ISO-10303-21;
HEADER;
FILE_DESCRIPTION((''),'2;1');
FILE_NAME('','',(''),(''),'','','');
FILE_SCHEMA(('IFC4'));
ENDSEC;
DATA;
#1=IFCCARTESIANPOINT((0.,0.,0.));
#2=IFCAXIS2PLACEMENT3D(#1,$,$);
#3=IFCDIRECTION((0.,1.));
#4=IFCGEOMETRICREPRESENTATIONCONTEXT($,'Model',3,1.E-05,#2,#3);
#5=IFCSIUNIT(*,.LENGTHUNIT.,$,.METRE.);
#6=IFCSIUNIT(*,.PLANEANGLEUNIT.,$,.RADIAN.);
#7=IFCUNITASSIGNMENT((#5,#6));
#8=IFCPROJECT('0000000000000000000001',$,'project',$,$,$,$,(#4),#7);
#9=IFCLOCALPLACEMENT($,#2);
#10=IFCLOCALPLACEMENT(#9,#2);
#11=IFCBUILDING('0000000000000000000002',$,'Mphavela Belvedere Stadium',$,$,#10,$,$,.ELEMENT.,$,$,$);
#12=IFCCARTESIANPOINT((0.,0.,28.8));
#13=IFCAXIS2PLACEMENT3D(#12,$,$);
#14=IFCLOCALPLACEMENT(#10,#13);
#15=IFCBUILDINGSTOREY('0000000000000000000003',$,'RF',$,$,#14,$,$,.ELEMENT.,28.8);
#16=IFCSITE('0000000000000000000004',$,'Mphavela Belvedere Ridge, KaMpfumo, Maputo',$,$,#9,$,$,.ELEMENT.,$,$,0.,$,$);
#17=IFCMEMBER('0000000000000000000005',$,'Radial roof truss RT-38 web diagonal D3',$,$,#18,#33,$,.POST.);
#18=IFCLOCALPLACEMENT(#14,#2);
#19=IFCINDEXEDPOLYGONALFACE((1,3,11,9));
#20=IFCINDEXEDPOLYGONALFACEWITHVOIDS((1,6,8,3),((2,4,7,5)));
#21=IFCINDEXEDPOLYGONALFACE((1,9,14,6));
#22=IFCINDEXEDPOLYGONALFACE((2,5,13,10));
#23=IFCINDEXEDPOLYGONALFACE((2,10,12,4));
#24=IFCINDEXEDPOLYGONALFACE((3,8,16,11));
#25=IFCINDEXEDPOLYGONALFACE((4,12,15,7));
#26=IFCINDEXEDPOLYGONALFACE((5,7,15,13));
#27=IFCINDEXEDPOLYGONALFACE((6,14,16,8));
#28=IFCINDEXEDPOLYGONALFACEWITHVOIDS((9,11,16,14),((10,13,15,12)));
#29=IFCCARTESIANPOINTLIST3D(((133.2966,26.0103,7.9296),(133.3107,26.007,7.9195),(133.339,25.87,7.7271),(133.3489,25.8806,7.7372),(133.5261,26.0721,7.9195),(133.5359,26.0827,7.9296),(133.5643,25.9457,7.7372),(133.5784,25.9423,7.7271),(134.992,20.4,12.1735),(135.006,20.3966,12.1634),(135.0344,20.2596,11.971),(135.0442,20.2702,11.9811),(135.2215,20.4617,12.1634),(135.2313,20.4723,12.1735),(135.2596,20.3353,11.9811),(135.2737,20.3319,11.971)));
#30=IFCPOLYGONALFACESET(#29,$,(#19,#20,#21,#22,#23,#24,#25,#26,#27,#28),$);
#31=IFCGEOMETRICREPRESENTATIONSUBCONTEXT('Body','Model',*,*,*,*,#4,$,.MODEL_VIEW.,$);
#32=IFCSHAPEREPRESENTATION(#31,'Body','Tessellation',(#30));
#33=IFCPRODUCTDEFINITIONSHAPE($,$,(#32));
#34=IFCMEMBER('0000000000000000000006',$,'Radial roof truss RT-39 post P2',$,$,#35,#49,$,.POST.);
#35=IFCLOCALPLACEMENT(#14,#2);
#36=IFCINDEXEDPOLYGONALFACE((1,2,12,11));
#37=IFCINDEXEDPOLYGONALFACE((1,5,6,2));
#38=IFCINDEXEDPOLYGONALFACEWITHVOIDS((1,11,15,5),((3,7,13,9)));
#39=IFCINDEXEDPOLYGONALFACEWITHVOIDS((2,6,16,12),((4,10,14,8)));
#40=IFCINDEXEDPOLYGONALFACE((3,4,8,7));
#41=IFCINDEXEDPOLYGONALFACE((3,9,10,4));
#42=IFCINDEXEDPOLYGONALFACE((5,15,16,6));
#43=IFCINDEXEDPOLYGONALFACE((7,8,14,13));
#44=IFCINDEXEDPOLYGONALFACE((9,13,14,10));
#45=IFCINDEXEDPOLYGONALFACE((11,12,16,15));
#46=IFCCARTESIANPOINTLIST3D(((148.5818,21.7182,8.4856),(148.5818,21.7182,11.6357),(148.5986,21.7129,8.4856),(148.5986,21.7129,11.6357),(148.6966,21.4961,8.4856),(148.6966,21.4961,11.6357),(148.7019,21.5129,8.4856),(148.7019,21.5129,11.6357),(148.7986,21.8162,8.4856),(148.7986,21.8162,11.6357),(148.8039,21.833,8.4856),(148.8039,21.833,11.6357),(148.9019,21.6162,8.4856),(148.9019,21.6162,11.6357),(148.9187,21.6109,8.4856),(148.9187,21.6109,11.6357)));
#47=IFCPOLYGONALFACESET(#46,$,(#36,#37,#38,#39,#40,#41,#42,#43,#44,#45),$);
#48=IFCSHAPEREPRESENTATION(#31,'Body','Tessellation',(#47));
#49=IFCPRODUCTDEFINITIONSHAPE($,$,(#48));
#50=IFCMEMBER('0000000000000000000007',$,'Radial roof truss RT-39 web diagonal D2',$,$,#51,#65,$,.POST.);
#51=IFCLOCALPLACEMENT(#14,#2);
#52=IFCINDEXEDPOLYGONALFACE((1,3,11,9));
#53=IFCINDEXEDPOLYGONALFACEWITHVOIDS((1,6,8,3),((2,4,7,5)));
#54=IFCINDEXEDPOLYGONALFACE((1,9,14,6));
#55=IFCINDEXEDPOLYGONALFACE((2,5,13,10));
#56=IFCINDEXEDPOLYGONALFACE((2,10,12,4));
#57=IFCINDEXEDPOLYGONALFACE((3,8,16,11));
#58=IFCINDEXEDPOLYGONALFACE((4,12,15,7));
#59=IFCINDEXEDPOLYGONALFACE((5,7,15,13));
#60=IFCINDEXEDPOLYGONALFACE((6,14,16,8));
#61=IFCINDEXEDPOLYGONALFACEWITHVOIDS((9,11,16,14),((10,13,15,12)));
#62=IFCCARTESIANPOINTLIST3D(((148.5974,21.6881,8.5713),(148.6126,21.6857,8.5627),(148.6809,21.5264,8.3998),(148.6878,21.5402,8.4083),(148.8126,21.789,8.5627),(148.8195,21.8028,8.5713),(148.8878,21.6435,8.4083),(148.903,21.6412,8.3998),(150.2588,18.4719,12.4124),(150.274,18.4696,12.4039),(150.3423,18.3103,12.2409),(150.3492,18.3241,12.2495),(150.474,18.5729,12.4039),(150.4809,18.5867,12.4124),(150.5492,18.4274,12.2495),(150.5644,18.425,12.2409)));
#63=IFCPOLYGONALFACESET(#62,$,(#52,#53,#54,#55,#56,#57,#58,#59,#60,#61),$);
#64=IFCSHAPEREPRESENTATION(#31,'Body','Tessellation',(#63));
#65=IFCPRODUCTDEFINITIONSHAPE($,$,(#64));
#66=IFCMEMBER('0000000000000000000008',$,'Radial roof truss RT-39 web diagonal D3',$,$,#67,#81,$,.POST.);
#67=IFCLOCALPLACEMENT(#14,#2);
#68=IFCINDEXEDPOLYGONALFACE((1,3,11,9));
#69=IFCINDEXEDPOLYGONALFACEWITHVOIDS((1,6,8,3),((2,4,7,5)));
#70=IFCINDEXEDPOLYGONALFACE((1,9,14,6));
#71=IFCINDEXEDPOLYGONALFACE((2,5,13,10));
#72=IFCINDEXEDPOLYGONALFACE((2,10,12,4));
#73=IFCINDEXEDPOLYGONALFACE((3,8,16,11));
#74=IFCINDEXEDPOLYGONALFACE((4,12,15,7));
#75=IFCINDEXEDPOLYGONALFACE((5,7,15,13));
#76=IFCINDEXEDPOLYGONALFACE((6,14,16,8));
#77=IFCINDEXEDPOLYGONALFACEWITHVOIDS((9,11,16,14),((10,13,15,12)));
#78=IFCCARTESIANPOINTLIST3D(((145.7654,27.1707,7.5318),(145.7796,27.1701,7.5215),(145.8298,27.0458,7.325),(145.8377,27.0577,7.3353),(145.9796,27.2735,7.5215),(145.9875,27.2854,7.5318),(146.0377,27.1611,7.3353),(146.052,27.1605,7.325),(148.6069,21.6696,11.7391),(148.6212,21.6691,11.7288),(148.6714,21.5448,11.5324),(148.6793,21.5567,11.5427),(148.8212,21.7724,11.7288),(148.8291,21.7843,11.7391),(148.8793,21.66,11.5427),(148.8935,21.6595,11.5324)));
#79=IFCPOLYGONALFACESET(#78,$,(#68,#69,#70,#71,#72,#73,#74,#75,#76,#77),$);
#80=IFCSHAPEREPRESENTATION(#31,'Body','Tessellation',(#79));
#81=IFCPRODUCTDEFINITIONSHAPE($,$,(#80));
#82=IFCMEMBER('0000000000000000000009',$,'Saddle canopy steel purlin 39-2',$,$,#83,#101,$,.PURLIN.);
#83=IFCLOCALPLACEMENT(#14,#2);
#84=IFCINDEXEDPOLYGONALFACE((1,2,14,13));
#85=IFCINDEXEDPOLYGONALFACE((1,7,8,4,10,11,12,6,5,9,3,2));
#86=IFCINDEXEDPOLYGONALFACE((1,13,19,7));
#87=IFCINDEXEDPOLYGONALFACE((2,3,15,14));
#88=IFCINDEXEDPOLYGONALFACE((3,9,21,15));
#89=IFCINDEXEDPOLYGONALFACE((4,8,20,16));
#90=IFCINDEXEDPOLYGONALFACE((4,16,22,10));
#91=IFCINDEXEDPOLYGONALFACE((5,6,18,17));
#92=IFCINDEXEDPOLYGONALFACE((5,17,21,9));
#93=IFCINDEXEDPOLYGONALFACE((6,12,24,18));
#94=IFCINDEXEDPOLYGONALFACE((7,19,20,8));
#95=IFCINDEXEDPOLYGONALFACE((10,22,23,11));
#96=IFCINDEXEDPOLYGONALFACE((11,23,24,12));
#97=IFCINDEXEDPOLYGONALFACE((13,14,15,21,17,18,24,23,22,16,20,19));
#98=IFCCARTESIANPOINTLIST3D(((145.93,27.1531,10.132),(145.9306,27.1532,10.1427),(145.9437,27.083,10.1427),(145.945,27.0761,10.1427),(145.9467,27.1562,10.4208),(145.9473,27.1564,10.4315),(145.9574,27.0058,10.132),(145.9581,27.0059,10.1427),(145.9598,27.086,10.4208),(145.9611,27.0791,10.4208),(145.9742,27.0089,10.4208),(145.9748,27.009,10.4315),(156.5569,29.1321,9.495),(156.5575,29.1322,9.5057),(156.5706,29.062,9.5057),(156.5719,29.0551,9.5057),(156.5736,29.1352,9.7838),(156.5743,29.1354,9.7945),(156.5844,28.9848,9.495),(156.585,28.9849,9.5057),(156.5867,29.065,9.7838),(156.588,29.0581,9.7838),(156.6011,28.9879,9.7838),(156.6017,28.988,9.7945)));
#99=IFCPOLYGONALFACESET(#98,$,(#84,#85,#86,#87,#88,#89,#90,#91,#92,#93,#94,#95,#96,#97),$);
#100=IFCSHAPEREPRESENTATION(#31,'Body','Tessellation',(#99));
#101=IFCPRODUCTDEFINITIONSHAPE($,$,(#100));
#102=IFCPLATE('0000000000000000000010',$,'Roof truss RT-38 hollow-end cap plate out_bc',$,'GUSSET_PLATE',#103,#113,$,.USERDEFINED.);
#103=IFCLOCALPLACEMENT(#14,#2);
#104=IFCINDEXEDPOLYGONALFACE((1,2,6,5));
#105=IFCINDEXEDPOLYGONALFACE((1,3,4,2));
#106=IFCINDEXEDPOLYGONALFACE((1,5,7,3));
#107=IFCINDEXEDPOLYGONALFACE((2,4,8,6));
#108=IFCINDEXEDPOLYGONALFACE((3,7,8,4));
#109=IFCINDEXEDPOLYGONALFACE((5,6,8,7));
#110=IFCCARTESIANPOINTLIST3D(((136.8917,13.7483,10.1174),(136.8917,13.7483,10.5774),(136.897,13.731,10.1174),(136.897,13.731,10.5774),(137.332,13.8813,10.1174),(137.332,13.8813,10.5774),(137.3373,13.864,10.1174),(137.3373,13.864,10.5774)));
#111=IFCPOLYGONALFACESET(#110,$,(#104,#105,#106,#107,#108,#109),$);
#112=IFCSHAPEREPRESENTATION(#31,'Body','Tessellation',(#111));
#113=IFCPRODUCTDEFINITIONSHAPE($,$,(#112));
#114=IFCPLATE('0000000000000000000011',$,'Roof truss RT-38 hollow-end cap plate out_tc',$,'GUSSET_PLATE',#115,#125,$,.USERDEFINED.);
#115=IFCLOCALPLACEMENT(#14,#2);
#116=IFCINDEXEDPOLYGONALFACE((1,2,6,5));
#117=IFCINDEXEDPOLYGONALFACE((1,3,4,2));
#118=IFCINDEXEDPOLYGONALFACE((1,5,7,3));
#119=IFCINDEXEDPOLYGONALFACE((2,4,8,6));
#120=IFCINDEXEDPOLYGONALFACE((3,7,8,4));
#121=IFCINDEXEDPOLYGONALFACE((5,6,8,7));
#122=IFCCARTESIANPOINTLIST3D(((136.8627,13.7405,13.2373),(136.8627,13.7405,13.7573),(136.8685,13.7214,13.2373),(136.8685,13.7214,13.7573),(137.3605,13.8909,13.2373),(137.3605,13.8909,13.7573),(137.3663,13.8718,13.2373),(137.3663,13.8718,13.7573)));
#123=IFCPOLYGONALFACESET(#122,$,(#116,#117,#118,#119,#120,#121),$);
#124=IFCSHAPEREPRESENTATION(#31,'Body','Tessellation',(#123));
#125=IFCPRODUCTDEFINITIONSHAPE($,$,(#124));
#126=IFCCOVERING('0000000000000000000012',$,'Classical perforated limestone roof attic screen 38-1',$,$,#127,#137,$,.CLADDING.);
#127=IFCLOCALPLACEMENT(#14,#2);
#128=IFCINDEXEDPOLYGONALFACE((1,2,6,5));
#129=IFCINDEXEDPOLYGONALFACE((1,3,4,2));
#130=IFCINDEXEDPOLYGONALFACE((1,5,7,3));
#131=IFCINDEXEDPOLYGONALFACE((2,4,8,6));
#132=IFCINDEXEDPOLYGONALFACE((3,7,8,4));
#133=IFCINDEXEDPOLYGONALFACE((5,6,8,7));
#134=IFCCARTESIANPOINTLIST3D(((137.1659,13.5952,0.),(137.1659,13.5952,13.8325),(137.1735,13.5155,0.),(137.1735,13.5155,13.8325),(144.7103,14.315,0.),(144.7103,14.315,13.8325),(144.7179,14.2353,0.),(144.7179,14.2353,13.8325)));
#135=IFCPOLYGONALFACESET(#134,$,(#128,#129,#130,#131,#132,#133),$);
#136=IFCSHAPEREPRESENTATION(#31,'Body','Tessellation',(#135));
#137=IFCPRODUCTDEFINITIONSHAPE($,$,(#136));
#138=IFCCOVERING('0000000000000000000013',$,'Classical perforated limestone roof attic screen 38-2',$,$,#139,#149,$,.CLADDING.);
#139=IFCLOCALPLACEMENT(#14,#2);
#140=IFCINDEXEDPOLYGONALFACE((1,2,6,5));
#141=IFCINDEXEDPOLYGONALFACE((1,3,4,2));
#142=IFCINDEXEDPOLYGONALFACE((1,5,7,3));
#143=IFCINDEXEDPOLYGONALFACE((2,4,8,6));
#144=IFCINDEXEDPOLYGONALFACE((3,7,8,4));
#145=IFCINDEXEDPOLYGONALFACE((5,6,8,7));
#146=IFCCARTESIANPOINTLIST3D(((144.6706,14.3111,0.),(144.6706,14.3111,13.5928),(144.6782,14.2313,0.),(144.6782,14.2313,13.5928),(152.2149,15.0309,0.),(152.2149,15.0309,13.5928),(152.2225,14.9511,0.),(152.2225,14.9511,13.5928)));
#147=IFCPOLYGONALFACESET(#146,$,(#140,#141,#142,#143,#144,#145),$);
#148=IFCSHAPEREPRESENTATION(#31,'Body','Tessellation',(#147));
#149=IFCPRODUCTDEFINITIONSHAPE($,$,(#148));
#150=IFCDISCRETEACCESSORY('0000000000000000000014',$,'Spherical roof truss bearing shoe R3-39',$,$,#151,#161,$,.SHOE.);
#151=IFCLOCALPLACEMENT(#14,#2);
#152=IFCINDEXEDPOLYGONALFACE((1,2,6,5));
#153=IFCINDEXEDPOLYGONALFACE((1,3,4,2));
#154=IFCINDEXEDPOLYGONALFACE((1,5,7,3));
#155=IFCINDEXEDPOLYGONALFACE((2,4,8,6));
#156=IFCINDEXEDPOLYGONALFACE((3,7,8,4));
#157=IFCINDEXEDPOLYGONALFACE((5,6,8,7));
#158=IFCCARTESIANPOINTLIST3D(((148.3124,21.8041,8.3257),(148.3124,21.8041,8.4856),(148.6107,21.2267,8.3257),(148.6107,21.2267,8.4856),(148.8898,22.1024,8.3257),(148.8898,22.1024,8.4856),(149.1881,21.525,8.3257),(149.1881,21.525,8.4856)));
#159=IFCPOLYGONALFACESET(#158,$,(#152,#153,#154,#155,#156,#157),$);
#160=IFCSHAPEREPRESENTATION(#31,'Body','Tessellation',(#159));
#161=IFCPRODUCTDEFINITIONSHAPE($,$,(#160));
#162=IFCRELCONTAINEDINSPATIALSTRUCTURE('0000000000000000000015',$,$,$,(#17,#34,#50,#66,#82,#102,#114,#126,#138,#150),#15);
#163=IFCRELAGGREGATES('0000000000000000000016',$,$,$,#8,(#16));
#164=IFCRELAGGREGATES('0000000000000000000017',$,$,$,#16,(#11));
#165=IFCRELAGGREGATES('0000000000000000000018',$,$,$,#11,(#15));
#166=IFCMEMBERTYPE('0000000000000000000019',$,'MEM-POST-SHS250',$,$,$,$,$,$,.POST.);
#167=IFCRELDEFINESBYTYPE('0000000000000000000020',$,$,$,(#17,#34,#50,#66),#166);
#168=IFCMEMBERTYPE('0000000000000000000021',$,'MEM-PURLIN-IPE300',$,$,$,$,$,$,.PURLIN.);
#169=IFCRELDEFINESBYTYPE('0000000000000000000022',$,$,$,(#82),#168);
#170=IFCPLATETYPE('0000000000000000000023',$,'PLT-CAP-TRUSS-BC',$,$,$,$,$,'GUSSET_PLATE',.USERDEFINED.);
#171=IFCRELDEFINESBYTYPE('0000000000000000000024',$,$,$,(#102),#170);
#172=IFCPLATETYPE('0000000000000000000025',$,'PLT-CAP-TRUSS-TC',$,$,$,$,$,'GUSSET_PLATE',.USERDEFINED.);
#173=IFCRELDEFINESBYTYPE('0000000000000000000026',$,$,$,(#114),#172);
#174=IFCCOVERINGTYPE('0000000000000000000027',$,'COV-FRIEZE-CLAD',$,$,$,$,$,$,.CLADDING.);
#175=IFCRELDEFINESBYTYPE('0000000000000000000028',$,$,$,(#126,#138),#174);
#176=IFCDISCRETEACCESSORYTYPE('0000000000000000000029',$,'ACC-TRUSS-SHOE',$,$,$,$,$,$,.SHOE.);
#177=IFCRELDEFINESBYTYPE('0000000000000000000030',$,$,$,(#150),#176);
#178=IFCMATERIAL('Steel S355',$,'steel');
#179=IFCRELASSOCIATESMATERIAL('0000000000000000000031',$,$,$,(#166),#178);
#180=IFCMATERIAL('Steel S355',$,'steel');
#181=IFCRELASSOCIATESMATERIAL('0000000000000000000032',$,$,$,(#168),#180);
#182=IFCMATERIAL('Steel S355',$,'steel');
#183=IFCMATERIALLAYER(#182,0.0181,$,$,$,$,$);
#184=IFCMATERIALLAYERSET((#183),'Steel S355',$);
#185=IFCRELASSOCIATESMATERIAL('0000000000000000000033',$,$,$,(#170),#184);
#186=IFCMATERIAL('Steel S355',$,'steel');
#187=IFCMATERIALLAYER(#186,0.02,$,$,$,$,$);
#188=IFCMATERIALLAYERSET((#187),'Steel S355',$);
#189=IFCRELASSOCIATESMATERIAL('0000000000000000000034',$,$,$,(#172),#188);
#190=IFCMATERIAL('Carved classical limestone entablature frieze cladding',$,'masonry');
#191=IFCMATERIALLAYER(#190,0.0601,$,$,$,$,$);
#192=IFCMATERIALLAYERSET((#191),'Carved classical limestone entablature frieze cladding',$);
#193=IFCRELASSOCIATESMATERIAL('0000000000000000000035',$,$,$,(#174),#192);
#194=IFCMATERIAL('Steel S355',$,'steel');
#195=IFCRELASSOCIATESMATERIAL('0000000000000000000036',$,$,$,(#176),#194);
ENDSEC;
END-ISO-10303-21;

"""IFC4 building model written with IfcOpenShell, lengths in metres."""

from ifc_helpers import new_model, si_unit, direction, frame, origin, origin_2d, place, context, subcontext, project, spatial, rectangle, hollow_rectangle, i_section, extrude, material, layer, layer_set, material_profile, profile_set, type_object, element, save


model = new_model("IFC4")

# Units and contexts
model_context = context("Model", 3, precision=1e-05, world=origin(), true_north=direction((0.0, 1.0)))
body_context = subcontext(model_context, "Body", "Model", "MODEL_VIEW")
ifc_project = project(units=[si_unit("LENGTHUNIT", "METRE"), si_unit("PLANEANGLEUNIT", "RADIAN")], contexts=[model_context])

# Site, building, storey
site_placement = place(None, origin())
site = spatial("IfcSite", under=ifc_project, at=site_placement, Name="Mphavela Belvedere Ridge, KaMpfumo, Maputo", CompositionType="ELEMENT", RefElevation=0.0)
building_placement = place(site_placement, origin())
building = spatial("IfcBuilding", under=site, at=building_placement, Name="Mphavela Belvedere Stadium", CompositionType="ELEMENT")
storey_placement = place(building_placement, frame((0.0, 0.0, 28.8)))
storey = spatial("IfcBuildingStorey", under=building, at=storey_placement, Name="RF", CompositionType="ELEMENT", Elevation=28.8)

# Members
ifc_material_1 = material(Name="Steel S355", Category="steel")
ifc_material_profile_1 = material_profile(ifc_material_1, hollow_rectangle(XDim=0.25, YDim=0.25, WallThickness=0.0125, at=origin_2d()), Name="SHS 250x250x12.5")
ifc_profile_set_1 = profile_set([ifc_material_profile_1], Name="Steel S355")
member_type_1 = type_object("IfcMemberType", Name="MEM-POST-SHS250", PredefinedType="POST", material=ifc_profile_set_1)
member_1_placement = place(storey_placement, frame((135.1328, 20.366, 12.0723), z_axis=(-0.234286, 0.775331, -0.586491), x_axis=(-0.957251, -0.289258, 0.0)))
element("IfcMember", 1, at=member_1_placement, inside=storey, type_object=member_type_1, Name="Radial roof truss RT-38 web diagonal D3", PredefinedType="POST", context=body_context, shape_type="SweptSolid", body=[
    extrude(hollow_rectangle(XDim=0.25, YDim=0.25, WallThickness=0.0125, at=origin_2d()), origin(), (0.0, 0.0, 1.0), 7.2361),
])
member_2_placement = place(storey_placement, frame((148.7502, 21.6646, 8.4856), z_axis=(0.0, 0.0, 1.0), x_axis=(0.45896, -0.888457, 0.0)))
element("IfcMember", 2, at=member_2_placement, inside=storey, type_object=member_type_1, Name="Radial roof truss RT-39 post P2", PredefinedType="POST", context=body_context, shape_type="SweptSolid", body=[
    extrude(hollow_rectangle(XDim=0.25, YDim=0.25, WallThickness=0.0125, at=origin_2d()), origin(), (0.0, 0.0, 1.0), 3.1501),
])
member_3_placement = place(storey_placement, frame((150.4116, 18.4485, 12.3267), z_axis=(-0.314775, 0.609337, -0.727753), x_axis=(-0.888455, -0.458964, 0.0)))
element("IfcMember", 3, at=member_3_placement, inside=storey, type_object=member_type_1, Name="Radial roof truss RT-39 web diagonal D2", PredefinedType="POST", context=body_context, shape_type="SweptSolid", body=[
    extrude(hollow_rectangle(XDim=0.25, YDim=0.25, WallThickness=0.0125, at=origin_2d()), origin(), (0.0, 0.0, 1.0), 5.2781),
])
member_4_placement = place(storey_placement, frame((148.7502, 21.6646, 11.6357), z_axis=(-0.379595, 0.734861, -0.562039), x_axis=(-0.888467, -0.458941, 0.0)))
element("IfcMember", 4, at=member_4_placement, inside=storey, type_object=member_type_1, Name="Radial roof truss RT-39 web diagonal D3", PredefinedType="POST", context=body_context, shape_type="SweptSolid", body=[
    extrude(hollow_rectangle(XDim=0.25, YDim=0.25, WallThickness=0.0125, at=origin_2d()), origin(), (0.0, 0.0, 1.0), 7.4858),
])
ifc_material_2 = material(Name="Steel S355", Category="steel")
ifc_material_profile_2 = material_profile(ifc_material_2, i_section(OverallWidth=0.1499, OverallDepth=0.3, WebThickness=0.0071, FlangeThickness=0.0107, at=origin_2d()), Name="IPE 300")
ifc_profile_set_2 = profile_set([ifc_material_profile_2], Name="Steel S355")
member_type_2 = type_object("IfcMemberType", Name="MEM-PURLIN-IPE300", PredefinedType="PURLIN", material=ifc_profile_set_2)
member_5_placement = place(storey_placement, frame((145.9524, 27.0811, 10.2817), z_axis=(0.981396, 0.18276, -0.058823), x_axis=(-0.183077, 0.983098, 0.0)))
element("IfcMember", 5, at=member_5_placement, inside=storey, type_object=member_type_2, Name="Saddle canopy steel purlin 39-2", PredefinedType="PURLIN", context=body_context, shape_type="SweptSolid", body=[
    extrude(i_section(OverallWidth=0.1499, OverallDepth=0.3, WebThickness=0.0071, FlangeThickness=0.0107, at=origin_2d()), origin(), (0.0, 0.0, 1.0), 10.8284),
])

# Plates
ifc_material_3 = material(Name="Steel S355", Category="steel")
ifc_layer_1 = layer(ifc_material_3, 0.0181)
ifc_layer_set_1 = layer_set([ifc_layer_1], Name="Steel S355")
plate_type_1 = type_object("IfcPlateType", Name="PLT-CAP-TRUSS-BC", ElementType="GUSSET_PLATE", PredefinedType="USERDEFINED", material=ifc_layer_set_1)
plate_1_placement = place(storey_placement, frame((137.1145, 13.8062, 10.1174), z_axis=(0.0, 0.0, 1.0), x_axis=(0.289199, -0.957269, 0.0)))
element("IfcPlate", 6, at=plate_1_placement, inside=storey, type_object=plate_type_1, Name="Roof truss RT-38 hollow-end cap plate out_bc", ObjectType="GUSSET_PLATE", PredefinedType="USERDEFINED", context=body_context, shape_type="SweptSolid", body=[
    extrude(rectangle(XDim=0.0181, YDim=0.46, at=origin_2d()), origin(), (0.0, 0.0, 1.0), 0.46),
])
ifc_material_4 = material(Name="Steel S355", Category="steel")
ifc_layer_2 = layer(ifc_material_4, 0.02)
ifc_layer_set_2 = layer_set([ifc_layer_2], Name="Steel S355")
plate_type_2 = type_object("IfcPlateType", Name="PLT-CAP-TRUSS-TC", ElementType="GUSSET_PLATE", PredefinedType="USERDEFINED", material=ifc_layer_set_2)
plate_2_placement = place(storey_placement, frame((137.1145, 13.8062, 13.2373), z_axis=(0.0, 0.0, 1.0), x_axis=(0.289199, -0.957269, 0.0)))
element("IfcPlate", 7, at=plate_2_placement, inside=storey, type_object=plate_type_2, Name="Roof truss RT-38 hollow-end cap plate out_tc", ObjectType="GUSSET_PLATE", PredefinedType="USERDEFINED", context=body_context, shape_type="SweptSolid", body=[
    extrude(rectangle(XDim=0.02, YDim=0.52, at=origin_2d()), origin(), (0.0, 0.0, 1.0), 0.52),
])

# Coverings
ifc_material_5 = material(Name="Carved classical limestone entablature frieze cladding", Category="masonry")
ifc_layer_3 = layer(ifc_material_5, 0.0601)
ifc_layer_set_3 = layer_set([ifc_layer_3], Name="Carved classical limestone entablature frieze cladding")
covering_type = type_object("IfcCoveringType", Name="COV-FRIEZE-CLAD", PredefinedType="CLADDING", material=ifc_layer_set_3)
covering_1_placement = place(storey_placement, frame((140.9419, 13.9153, 0.0), z_axis=(0.0, 0.0, 1.0), x_axis=(0.995479, 0.094977, 0.0)))
element("IfcCovering", 8, at=covering_1_placement, inside=storey, type_object=covering_type, Name="Classical perforated limestone roof attic screen 38-1", PredefinedType="CLADDING", context=body_context, shape_type="SweptSolid", body=[
    extrude(rectangle(XDim=7.5786, YDim=0.0801, at=origin_2d()), origin(), (0.0, 0.0, 1.0), 13.8325),
])
covering_2_placement = place(storey_placement, frame((148.4465, 14.6311, 0.0), z_axis=(0.0, 0.0, 1.0), x_axis=(0.995479, 0.094977, 0.0)))
element("IfcCovering", 9, at=covering_2_placement, inside=storey, type_object=covering_type, Name="Classical perforated limestone roof attic screen 38-2", PredefinedType="CLADDING", context=body_context, shape_type="SweptSolid", body=[
    extrude(rectangle(XDim=7.5786, YDim=0.0801, at=origin_2d()), origin(), (0.0, 0.0, 1.0), 13.5928),
])

# Discrete accessory
ifc_material_6 = material(Name="Steel S355", Category="steel")
discrete_accessory_type = type_object("IfcDiscreteAccessoryType", Name="ACC-TRUSS-SHOE", PredefinedType="SHOE", material=ifc_material_6)
discrete_accessory_placement = place(storey_placement, frame((148.7502, 21.6646, 8.3257), z_axis=(0.0, 0.0, 1.0), x_axis=(0.45896, -0.888457, 0.0)))
element("IfcDiscreteAccessory", 10, at=discrete_accessory_placement, inside=storey, type_object=discrete_accessory_type, Name="Spherical roof truss bearing shoe R3-39", PredefinedType="SHOE", context=body_context, shape_type="SweptSolid", body=[
    extrude(rectangle(XDim=0.6499, YDim=0.6499, at=origin_2d()), origin(), (0.0, 0.0, 1.0), 0.1599),
])

save(model, "model.ifc")
